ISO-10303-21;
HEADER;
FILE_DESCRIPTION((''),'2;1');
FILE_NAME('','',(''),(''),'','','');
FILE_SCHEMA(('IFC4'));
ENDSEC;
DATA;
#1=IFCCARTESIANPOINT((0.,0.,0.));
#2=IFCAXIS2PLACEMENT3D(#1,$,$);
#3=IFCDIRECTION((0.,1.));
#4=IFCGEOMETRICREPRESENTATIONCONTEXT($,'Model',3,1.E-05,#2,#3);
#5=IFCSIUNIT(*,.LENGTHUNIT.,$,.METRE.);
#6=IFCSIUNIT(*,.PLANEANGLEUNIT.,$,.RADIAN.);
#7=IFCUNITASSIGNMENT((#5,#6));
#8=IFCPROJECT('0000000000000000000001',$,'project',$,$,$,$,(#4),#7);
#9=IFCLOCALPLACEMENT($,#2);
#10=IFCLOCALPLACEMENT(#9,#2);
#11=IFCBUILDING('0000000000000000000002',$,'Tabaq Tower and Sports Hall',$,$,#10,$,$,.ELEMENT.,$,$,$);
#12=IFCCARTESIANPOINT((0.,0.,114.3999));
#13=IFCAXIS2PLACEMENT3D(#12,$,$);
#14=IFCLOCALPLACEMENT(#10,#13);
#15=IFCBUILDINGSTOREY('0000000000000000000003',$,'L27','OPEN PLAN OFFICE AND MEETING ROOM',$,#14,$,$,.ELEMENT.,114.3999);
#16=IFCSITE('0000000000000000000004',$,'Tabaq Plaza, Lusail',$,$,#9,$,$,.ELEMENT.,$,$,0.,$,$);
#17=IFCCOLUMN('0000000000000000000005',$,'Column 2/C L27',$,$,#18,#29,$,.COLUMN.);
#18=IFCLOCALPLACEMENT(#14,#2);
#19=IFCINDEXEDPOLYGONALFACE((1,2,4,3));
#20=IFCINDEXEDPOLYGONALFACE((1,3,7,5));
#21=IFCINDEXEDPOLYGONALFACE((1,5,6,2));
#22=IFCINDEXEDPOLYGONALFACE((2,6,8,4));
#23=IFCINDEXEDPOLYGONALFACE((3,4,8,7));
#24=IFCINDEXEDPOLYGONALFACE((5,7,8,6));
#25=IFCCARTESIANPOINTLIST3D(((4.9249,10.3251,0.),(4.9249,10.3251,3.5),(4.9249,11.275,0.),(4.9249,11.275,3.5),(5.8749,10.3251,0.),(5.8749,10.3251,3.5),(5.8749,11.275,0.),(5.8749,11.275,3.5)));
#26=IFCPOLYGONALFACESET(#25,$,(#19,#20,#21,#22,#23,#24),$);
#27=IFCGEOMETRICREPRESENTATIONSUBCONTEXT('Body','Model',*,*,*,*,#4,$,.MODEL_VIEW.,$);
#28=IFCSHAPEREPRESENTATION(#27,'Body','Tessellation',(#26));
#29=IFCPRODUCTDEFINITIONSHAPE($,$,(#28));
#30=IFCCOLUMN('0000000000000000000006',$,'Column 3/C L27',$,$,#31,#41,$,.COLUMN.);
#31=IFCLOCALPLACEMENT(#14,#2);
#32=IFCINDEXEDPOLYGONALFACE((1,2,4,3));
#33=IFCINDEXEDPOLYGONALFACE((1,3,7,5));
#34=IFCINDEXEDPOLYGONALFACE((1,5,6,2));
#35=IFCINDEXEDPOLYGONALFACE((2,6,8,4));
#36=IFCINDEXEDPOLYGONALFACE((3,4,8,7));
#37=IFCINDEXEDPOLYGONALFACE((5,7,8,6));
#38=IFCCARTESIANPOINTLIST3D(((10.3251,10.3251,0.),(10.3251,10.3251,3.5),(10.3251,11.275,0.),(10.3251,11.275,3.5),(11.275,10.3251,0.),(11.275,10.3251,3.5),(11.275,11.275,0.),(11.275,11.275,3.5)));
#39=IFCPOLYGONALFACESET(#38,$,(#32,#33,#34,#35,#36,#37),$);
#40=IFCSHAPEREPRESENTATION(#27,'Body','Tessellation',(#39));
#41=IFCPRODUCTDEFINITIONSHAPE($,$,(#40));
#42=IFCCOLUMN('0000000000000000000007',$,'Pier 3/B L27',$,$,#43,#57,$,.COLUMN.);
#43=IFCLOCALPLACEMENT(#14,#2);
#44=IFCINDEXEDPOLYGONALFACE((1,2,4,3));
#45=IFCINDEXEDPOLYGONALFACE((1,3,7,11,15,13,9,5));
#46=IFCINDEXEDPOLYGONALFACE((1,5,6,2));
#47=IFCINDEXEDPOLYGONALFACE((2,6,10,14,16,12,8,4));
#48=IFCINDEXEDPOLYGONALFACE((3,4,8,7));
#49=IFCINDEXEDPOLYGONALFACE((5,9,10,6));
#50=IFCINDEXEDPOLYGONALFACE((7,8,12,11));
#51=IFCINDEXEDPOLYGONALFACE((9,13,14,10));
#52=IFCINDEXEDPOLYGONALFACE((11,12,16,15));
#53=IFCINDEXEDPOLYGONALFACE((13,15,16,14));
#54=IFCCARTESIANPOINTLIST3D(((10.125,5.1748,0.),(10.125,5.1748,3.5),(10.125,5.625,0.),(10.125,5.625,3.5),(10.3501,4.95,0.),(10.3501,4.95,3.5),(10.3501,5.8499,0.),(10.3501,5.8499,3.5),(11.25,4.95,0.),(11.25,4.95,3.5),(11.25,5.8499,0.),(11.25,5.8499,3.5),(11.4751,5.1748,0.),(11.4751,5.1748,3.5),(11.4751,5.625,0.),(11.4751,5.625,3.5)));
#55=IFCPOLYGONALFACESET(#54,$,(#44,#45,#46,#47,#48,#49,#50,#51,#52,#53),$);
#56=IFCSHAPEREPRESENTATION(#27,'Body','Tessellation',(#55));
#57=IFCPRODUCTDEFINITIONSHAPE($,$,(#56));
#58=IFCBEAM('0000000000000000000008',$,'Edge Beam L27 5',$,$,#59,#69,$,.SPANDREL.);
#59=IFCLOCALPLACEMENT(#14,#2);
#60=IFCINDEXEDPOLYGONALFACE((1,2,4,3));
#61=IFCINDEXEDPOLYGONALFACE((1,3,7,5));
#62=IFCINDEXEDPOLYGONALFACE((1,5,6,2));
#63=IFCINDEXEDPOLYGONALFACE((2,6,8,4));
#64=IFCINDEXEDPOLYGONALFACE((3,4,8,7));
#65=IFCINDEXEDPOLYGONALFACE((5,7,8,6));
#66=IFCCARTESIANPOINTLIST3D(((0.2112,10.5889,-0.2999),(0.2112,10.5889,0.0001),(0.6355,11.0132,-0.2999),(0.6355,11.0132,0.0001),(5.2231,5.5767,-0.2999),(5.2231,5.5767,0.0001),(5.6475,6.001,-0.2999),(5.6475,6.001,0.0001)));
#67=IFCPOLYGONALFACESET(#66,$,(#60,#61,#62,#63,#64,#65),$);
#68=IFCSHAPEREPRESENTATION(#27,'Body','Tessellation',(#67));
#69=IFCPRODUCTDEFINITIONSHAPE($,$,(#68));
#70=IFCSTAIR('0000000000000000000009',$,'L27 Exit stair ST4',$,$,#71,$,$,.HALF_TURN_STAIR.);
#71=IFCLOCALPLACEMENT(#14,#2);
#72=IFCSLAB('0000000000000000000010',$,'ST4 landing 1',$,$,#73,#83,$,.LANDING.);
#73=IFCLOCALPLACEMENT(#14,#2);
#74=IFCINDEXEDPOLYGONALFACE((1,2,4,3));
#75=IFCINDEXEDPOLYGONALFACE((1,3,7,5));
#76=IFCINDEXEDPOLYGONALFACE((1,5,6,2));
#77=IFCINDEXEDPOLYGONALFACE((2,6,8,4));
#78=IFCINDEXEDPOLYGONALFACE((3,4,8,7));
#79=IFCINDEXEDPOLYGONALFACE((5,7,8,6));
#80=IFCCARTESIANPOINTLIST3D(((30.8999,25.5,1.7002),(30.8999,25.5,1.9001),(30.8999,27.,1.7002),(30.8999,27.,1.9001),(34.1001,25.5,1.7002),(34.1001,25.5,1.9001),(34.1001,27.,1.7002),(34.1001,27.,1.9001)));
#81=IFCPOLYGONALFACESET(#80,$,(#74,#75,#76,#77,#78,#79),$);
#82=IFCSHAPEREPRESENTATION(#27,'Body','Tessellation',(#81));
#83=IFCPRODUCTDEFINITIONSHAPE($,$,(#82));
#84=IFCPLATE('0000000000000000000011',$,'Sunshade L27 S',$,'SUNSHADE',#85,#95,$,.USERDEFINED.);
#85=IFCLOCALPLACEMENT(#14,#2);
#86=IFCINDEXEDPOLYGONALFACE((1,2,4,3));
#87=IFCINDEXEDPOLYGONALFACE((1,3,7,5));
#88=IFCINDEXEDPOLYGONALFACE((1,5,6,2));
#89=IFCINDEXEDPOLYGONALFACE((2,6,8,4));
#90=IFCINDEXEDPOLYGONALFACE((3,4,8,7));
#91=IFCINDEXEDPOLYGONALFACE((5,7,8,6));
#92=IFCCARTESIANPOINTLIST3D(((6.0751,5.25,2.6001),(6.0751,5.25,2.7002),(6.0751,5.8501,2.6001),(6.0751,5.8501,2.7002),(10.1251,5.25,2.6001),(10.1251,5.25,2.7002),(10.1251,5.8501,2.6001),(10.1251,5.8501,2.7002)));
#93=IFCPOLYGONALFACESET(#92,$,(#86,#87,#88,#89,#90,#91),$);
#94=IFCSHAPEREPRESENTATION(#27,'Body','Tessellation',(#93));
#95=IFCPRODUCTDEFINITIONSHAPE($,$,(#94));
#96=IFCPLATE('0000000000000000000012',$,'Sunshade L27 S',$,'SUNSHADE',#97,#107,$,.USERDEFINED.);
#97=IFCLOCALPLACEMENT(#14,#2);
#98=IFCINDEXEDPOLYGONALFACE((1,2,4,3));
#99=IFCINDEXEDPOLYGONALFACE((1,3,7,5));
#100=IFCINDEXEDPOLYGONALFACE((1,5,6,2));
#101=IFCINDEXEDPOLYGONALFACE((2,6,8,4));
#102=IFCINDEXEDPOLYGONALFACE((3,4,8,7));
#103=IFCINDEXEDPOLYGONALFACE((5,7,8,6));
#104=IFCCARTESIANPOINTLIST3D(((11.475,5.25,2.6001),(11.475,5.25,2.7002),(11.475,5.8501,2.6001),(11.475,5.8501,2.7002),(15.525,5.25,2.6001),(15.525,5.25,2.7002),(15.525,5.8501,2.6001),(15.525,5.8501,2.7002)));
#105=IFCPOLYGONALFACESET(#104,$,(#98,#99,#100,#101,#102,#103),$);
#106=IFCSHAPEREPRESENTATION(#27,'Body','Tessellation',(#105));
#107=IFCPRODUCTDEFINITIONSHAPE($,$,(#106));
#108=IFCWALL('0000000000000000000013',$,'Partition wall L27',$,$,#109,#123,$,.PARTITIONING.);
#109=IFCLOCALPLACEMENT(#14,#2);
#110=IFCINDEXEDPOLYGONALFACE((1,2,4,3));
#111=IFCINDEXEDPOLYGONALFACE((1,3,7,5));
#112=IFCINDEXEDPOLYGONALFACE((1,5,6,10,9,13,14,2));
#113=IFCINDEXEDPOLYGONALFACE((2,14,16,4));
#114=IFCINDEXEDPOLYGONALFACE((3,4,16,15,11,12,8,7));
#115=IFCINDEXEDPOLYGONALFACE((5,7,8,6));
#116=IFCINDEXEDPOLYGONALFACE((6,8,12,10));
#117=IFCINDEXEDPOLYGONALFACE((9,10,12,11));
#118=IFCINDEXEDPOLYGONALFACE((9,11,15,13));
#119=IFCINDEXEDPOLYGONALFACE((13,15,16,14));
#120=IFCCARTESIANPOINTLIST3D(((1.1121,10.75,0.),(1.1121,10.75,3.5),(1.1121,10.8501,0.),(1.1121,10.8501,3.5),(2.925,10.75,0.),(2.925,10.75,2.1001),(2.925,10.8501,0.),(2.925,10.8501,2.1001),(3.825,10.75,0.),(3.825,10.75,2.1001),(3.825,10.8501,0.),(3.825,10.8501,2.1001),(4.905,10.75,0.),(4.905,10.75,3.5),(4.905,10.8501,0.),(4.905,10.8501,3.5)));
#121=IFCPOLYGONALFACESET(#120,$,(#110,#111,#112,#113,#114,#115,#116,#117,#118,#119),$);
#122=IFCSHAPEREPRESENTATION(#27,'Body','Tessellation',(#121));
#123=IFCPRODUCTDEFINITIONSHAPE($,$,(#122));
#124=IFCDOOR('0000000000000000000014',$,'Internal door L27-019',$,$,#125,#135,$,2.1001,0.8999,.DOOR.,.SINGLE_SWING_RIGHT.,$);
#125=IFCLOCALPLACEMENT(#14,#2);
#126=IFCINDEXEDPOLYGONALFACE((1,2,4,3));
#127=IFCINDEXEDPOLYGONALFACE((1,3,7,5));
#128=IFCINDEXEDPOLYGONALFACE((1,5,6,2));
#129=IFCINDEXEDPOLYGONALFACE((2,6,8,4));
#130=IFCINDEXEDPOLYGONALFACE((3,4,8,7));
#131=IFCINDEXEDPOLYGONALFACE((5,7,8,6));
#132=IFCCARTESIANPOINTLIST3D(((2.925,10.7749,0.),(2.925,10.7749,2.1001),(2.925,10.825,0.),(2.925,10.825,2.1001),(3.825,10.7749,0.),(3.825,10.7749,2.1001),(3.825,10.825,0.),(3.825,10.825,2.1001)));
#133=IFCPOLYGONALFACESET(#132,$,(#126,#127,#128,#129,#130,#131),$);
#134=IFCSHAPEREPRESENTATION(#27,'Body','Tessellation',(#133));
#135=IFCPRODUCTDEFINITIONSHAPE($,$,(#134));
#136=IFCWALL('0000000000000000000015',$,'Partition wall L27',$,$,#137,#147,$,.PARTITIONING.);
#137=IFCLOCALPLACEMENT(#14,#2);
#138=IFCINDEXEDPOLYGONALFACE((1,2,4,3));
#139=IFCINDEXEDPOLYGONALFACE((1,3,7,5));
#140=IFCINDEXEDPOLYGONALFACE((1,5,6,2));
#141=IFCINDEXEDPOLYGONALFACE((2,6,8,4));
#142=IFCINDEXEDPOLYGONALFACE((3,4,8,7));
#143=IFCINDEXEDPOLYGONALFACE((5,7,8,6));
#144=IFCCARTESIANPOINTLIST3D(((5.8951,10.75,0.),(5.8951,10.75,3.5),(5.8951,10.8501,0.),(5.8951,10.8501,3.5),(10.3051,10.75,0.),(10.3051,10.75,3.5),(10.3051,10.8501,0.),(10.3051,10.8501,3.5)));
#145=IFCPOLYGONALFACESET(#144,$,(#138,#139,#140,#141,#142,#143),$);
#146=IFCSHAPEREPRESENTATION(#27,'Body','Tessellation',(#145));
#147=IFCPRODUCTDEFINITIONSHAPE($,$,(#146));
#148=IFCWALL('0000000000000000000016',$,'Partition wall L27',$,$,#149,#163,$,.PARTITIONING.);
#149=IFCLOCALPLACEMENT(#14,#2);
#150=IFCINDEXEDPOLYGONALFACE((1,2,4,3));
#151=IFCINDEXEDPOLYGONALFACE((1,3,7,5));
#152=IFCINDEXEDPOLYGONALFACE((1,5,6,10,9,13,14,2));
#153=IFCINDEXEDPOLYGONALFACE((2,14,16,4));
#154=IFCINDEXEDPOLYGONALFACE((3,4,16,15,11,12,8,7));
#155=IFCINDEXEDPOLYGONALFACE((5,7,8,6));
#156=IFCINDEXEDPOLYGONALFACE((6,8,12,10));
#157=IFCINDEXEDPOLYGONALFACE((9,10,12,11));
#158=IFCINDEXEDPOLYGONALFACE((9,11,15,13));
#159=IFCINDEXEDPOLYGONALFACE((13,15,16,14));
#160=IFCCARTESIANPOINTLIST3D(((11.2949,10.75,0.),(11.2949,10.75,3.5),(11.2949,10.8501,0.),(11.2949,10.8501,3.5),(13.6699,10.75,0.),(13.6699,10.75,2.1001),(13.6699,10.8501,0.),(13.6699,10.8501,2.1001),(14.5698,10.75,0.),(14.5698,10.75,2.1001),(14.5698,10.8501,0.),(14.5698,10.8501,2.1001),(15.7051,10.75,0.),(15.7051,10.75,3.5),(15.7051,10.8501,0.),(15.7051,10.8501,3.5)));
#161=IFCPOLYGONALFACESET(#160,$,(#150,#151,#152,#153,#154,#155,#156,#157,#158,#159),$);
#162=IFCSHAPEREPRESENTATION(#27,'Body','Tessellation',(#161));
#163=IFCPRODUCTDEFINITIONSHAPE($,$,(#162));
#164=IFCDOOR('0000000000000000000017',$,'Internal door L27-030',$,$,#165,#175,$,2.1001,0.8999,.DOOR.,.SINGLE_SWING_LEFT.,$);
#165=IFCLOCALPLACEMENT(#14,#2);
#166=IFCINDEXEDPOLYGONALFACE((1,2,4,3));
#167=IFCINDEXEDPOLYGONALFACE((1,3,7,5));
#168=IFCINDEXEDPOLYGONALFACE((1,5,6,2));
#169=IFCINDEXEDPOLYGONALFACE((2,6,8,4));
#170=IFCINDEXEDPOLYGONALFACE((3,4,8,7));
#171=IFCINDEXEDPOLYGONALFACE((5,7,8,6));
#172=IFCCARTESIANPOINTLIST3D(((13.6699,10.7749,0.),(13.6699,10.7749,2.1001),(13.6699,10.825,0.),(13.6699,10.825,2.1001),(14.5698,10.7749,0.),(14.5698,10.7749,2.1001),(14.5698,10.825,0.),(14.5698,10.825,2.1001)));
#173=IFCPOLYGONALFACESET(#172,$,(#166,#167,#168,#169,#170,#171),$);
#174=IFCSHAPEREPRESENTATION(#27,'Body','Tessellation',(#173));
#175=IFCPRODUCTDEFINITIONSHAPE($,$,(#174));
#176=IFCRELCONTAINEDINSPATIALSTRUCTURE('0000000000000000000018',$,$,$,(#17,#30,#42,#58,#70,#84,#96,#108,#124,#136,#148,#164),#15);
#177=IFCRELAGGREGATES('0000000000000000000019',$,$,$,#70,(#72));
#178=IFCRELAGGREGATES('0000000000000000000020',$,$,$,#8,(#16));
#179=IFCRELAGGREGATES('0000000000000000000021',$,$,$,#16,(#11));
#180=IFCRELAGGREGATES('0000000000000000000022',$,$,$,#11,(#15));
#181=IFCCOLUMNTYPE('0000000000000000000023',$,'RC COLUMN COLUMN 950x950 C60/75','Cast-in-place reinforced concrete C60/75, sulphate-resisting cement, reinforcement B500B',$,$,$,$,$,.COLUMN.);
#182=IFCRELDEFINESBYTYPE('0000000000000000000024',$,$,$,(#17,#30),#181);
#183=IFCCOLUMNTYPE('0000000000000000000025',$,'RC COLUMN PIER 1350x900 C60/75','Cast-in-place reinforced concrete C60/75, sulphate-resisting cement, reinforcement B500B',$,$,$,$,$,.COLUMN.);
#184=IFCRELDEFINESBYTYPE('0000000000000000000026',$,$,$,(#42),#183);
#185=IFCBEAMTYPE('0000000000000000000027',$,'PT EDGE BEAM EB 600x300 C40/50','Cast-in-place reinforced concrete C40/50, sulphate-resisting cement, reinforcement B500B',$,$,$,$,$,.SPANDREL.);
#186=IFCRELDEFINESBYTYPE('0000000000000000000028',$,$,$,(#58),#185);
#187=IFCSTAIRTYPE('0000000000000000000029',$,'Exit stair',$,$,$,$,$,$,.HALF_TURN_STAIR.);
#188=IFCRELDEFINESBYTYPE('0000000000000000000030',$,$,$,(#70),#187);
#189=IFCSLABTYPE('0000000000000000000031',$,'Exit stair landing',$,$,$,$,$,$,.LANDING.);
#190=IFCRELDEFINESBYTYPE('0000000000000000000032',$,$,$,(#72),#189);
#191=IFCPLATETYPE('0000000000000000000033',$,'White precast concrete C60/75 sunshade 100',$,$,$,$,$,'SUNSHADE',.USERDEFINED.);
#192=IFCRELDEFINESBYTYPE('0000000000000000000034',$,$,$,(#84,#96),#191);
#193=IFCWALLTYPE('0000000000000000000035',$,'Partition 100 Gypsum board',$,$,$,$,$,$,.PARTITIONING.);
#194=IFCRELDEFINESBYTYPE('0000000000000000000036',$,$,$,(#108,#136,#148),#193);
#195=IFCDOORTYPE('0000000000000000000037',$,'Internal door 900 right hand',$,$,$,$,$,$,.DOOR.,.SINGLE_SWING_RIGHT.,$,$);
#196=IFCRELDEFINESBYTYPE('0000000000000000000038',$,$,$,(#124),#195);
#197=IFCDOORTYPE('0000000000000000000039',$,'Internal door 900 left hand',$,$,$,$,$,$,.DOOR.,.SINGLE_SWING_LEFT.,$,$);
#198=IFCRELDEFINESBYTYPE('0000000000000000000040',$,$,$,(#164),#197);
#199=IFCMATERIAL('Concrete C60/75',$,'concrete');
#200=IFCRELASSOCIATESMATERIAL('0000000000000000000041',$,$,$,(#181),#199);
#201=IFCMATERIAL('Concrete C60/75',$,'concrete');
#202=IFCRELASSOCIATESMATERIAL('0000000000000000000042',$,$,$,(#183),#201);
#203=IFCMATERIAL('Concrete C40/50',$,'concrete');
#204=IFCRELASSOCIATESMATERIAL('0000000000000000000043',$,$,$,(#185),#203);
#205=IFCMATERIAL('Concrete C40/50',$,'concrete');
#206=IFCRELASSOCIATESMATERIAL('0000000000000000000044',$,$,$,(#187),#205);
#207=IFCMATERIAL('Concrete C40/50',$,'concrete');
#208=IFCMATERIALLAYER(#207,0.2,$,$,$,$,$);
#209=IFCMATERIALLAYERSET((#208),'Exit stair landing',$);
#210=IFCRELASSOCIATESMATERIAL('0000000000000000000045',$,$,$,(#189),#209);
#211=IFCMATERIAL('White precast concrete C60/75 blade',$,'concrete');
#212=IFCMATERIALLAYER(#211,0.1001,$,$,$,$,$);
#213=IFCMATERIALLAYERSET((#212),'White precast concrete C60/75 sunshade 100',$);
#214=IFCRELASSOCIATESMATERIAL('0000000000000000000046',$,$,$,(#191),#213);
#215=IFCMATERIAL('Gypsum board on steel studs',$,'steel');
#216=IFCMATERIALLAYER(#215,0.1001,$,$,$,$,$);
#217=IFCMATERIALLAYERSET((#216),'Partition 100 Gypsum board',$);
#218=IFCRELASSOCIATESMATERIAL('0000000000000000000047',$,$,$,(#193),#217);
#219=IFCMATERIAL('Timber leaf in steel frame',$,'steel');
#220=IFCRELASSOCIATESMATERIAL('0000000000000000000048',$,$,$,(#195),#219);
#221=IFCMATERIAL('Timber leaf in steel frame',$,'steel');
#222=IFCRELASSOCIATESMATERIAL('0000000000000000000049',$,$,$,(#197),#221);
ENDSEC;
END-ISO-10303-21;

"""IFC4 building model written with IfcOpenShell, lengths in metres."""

from ifc_helpers import new_model, si_unit, direction, frame, frame_2d, origin, origin_2d, place, context, subcontext, project, spatial, polyline, rectangle, outline, extrude, material, layer, layer_set, material_profile, profile_set, type_object, element, fill, aggregate, save


model = new_model("IFC4")

# Units and contexts
model_context = context("Model", 3, precision=1e-05, world=origin(), true_north=direction((0.0, 1.0)))
body_context = subcontext(model_context, "Body", "Model", "MODEL_VIEW")
ifc_project = project(units=[si_unit("LENGTHUNIT", "METRE"), si_unit("PLANEANGLEUNIT", "RADIAN")], contexts=[model_context])

# Site, building, storey
site_placement = place(None, origin())
site = spatial("IfcSite", under=ifc_project, at=site_placement, Name="Tabaq Plaza, Lusail", CompositionType="ELEMENT", RefElevation=0.0)
building_placement = place(site_placement, origin())
building = spatial("IfcBuilding", under=site, at=building_placement, Name="Tabaq Tower and Sports Hall", CompositionType="ELEMENT")
storey_placement = place(building_placement, frame((0.0, 0.0, 114.3999)))
storey = spatial("IfcBuildingStorey", under=building, at=storey_placement, Name="L27", Description="OPEN PLAN OFFICE AND MEETING ROOM", CompositionType="ELEMENT", Elevation=114.3999)

# Columns
ifc_material_1 = material(Name="Concrete C60/75", Category="concrete")
ifc_material_profile_1 = material_profile(ifc_material_1, rectangle(XDim=0.95, YDim=0.95, at=origin_2d()), Name="COLUMN 950x950")
ifc_profile_set_1 = profile_set([ifc_material_profile_1], Name="Concrete C60/75")
column_type_1 = type_object("IfcColumnType", Name="RC COLUMN COLUMN 950x950 C60/75", Description="Cast-in-place reinforced concrete C60/75, sulphate-resisting cement, reinforcement B500B", PredefinedType="COLUMN", material=ifc_profile_set_1)
for number, where, z_axis, x_axis, name in (
    (1, (5.3999, 10.8, 0.0), (0.0, 0.0, 1.0), (1.0, 0.0, 0.0), "Column 2/C L27"),
    (2, (10.8, 10.8, 0.0), (0.0, 0.0, 1.0), (1.0, 0.0, 0.0), "Column 3/C L27"),
):
    element("IfcColumn", number, at=place(storey_placement, frame(where, z_axis=z_axis, x_axis=x_axis)), inside=storey, type_object=column_type_1, Name=name, PredefinedType="COLUMN", context=body_context, shape_type="SweptSolid", body=[
        extrude(rectangle(XDim=0.95, YDim=0.95, at=origin_2d()), origin(), (0.0, 0.0, 1.0), 3.5),
    ])
ifc_material_2 = material(Name="Concrete C60/75", Category="concrete")
ifc_material_profile_2 = material_profile(ifc_material_2, outline(polyline([(-0.45, -0.45), (0.45, -0.45), (0.675, -0.2251), (0.675, 0.2251), (0.45, 0.45), (-0.45, 0.45), (-0.675, 0.2251), (-0.675, -0.2251), (-0.45, -0.45)])), Name="PIER 1350x900")
ifc_profile_set_2 = profile_set([ifc_material_profile_2], Name="Concrete C60/75")
column_type_2 = type_object("IfcColumnType", Name="RC COLUMN PIER 1350x900 C60/75", Description="Cast-in-place reinforced concrete C60/75, sulphate-resisting cement, reinforcement B500B", PredefinedType="COLUMN", material=ifc_profile_set_2)
column_placement = place(storey_placement, frame((10.8, 5.3999, 0.0), z_axis=(0.0, 0.0, 1.0), x_axis=(1.0, 0.0, 0.0)))
element("IfcColumn", 3, at=column_placement, inside=storey, type_object=column_type_2, Name="Pier 3/B L27", PredefinedType="COLUMN", context=body_context, shape_type="SweptSolid", body=[
    extrude(outline(polyline([(-0.45, -0.45), (0.45, -0.45), (0.675, -0.2251), (0.675, 0.2251), (0.45, 0.45), (-0.45, 0.45), (-0.675, 0.2251), (-0.675, -0.2251), (-0.45, -0.45)])), origin(), (0.0, 0.0, 1.0), 3.5),
])

# Beam
ifc_material_3 = material(Name="Concrete C40/50", Category="concrete")
ifc_material_profile_3 = material_profile(ifc_material_3, rectangle(XDim=0.6001, YDim=0.3, at=origin_2d()), Name="EB 600x300")
ifc_profile_set_3 = profile_set([ifc_material_profile_3], Name="Concrete C40/50")
beam_type = type_object("IfcBeamType", Name="PT EDGE BEAM EB 600x300 C40/50", Description="Cast-in-place reinforced concrete C40/50, sulphate-resisting cement, reinforcement B500B", PredefinedType="SPANDREL", material=ifc_profile_set_3)
beam_placement = place(storey_placement, frame((0.4233, 10.801, -0.1499), z_axis=(0.70709, -0.707124, 0.0), x_axis=(0.707124, 0.70709, 0.0)))
element("IfcBeam", 4, at=beam_placement, inside=storey, type_object=beam_type, Name="Edge Beam L27 5", PredefinedType="SPANDREL", context=body_context, shape_type="SweptSolid", body=[
    extrude(rectangle(XDim=0.6001, YDim=0.3, at=origin_2d()), origin(), (0.0, 0.0, 1.0), 7.0881),
])

# Stair, slab
ifc_material_4 = material(Name="Concrete C40/50", Category="concrete")
stair_type = type_object("IfcStairType", Name="Exit stair", PredefinedType="HALF_TURN_STAIR", material=ifc_material_4)
stair_placement = place(storey_placement, origin())
stair = element("IfcStair", 5, at=stair_placement, inside=storey, type_object=stair_type, Name="L27 Exit stair ST4", PredefinedType="HALF_TURN_STAIR")
ifc_material_5 = material(Name="Concrete C40/50", Category="concrete")
ifc_layer_1 = layer(ifc_material_5, 0.2)
ifc_layer_set_1 = layer_set([ifc_layer_1], Name="Exit stair landing")
slab_type = type_object("IfcSlabType", Name="Exit stair landing", PredefinedType="LANDING", material=ifc_layer_set_1)
slab_placement = place(storey_placement, frame((0.0, 0.0, 1.7002)))
slab = element("IfcSlab", 6, at=slab_placement, type_object=slab_type, Name="ST4 landing 1", PredefinedType="LANDING", context=body_context, shape_type="SweptSolid", body=[
    extrude(outline(polyline([(30.8999, 27.0), (30.8999, 25.5), (34.1001, 25.5), (34.1001, 27.0), (30.8999, 27.0)])), origin(), (0.0, 0.0, 1.0), 0.2),
])
aggregate(stair, [slab])

# Plates
ifc_material_6 = material(Name="White precast concrete C60/75 blade", Category="concrete")
ifc_layer_2 = layer(ifc_material_6, 0.1001)
ifc_layer_set_2 = layer_set([ifc_layer_2], Name="White precast concrete C60/75 sunshade 100")
plate_type = type_object("IfcPlateType", Name="White precast concrete C60/75 sunshade 100", ElementType="SUNSHADE", PredefinedType="USERDEFINED", material=ifc_layer_set_2)
for number, where, z_axis, x_axis, name in (
    (7, (8.1001, 5.55, 2.6001), (0.0, 0.0, 1.0), (1.0, 0.0, 0.0), "Sunshade L27 S"),
    (8, (13.5, 5.55, 2.6001), (0.0, 0.0, 1.0), (1.0, 0.0, 0.0), "Sunshade L27 S"),
):
    element("IfcPlate", number, at=place(storey_placement, frame(where, z_axis=z_axis, x_axis=x_axis)), inside=storey, type_object=plate_type, Name=name, ObjectType="SUNSHADE", PredefinedType="USERDEFINED", context=body_context, shape_type="SweptSolid", body=[
        extrude(rectangle(XDim=4.05, YDim=0.6001, at=origin_2d()), origin(), (0.0, 0.0, 1.0), 0.1001),
    ])

# Wall, opening, door
ifc_material_7 = material(Name="Gypsum board on steel studs", Category="steel")
ifc_layer_3 = layer(ifc_material_7, 0.1001)
ifc_layer_set_3 = layer_set([ifc_layer_3], Name="Partition 100 Gypsum board")
wall_type_1 = type_object("IfcWallType", Name="Partition 100 Gypsum board", PredefinedType="PARTITIONING", material=ifc_layer_set_3)
wall_1_placement = place(storey_placement, frame((1.1121, 10.8, 0.0), z_axis=(0.0, 0.0, 1.0), x_axis=(1.0, 0.0, 0.0)))
wall_1 = element("IfcWall", 9, at=wall_1_placement, inside=storey, type_object=wall_type_1, Name="Partition wall L27", PredefinedType="PARTITIONING", context=body_context, shape_type="SweptSolid", body=[
    extrude(rectangle(XDim=3.793, YDim=0.1001, at=frame_2d((1.8965, 0.0))), origin(), (0.0, 0.0, 1.0), 3.5),
])
opening_1_placement = place(wall_1_placement, frame((1.813, 0.0, 0.0)))
opening_1 = element("IfcOpeningElement", 10, at=opening_1_placement, cuts=wall_1, PredefinedType="OPENING", context=body_context, shape_type="SweptSolid", body=[
    extrude(rectangle(XDim=0.8999, YDim=2.1001, at=frame_2d((0.45, 1.05))), frame((0.0, 0.05, 0.0), z_axis=(0.0, -1.0, 0.0), x_axis=(1.0, 0.0, 0.0)), (0.0, 0.0, 1.0), 0.1001),
])
ifc_material_8 = material(Name="Timber leaf in steel frame", Category="steel")
door_type_1 = type_object("IfcDoorType", Name="Internal door 900 right hand", OperationType="SINGLE_SWING_RIGHT", PredefinedType="DOOR", material=ifc_material_8)
door_1_placement = place(opening_1_placement, origin())
door_1 = element("IfcDoor", 11, at=door_1_placement, inside=storey, type_object=door_type_1, Name="Internal door L27-019", OperationType="SINGLE_SWING_RIGHT", OverallHeight=2.1001, OverallWidth=0.8999, PredefinedType="DOOR", context=body_context, shape_type="SweptSolid", body=[
    extrude(rectangle(XDim=0.8999, YDim=2.1001, at=frame_2d((0.45, 1.05))), frame((0.0, 0.0249, 0.0), z_axis=(0.0, -1.0, 0.0), x_axis=(1.0, 0.0, 0.0)), (0.0, 0.0, 1.0), 0.05),
])
fill(opening_1, door_1)

# Wall
wall_2_placement = place(storey_placement, frame((5.895, 10.8, 0.0), z_axis=(0.0, 0.0, 1.0), x_axis=(1.0, 0.0, 0.0)))
element("IfcWall", 12, at=wall_2_placement, inside=storey, type_object=wall_type_1, Name="Partition wall L27", PredefinedType="PARTITIONING", context=body_context, shape_type="SweptSolid", body=[
    extrude(rectangle(XDim=4.4099, YDim=0.1001, at=frame_2d((2.2051, 0.0))), origin(), (0.0, 0.0, 1.0), 3.5),
])

# Wall, opening, door
wall_3_placement = place(storey_placement, frame((11.2949, 10.8, 0.0), z_axis=(0.0, 0.0, 1.0), x_axis=(1.0, 0.0, 0.0)))
wall_3 = element("IfcWall", 13, at=wall_3_placement, inside=storey, type_object=wall_type_1, Name="Partition wall L27", PredefinedType="PARTITIONING", context=body_context, shape_type="SweptSolid", body=[
    extrude(rectangle(XDim=4.4102, YDim=0.1001, at=frame_2d((2.2051, 0.0))), origin(), (0.0, 0.0, 1.0), 3.5),
])
opening_2_placement = place(wall_3_placement, frame((2.375, 0.0, 0.0)))
opening_2 = element("IfcOpeningElement", 14, at=opening_2_placement, cuts=wall_3, PredefinedType="OPENING", context=body_context, shape_type="SweptSolid", body=[
    extrude(rectangle(XDim=0.8999, YDim=2.1001, at=frame_2d((0.45, 1.05))), frame((0.0, 0.05, 0.0), z_axis=(0.0, -1.0, 0.0), x_axis=(1.0, 0.0, 0.0)), (0.0, 0.0, 1.0), 0.1001),
])
ifc_material_9 = material(Name="Timber leaf in steel frame", Category="steel")
door_type_2 = type_object("IfcDoorType", Name="Internal door 900 left hand", OperationType="SINGLE_SWING_LEFT", PredefinedType="DOOR", material=ifc_material_9)
door_2_placement = place(opening_2_placement, origin())
door_2 = element("IfcDoor", 15, at=door_2_placement, inside=storey, type_object=door_type_2, Name="Internal door L27-030", OperationType="SINGLE_SWING_LEFT", OverallHeight=2.1001, OverallWidth=0.8999, PredefinedType="DOOR", context=body_context, shape_type="SweptSolid", body=[
    extrude(rectangle(XDim=0.8999, YDim=2.1001, at=frame_2d((0.45, 1.05))), frame((0.0, 0.0249, 0.0), z_axis=(0.0, -1.0, 0.0), x_axis=(1.0, 0.0, 0.0)), (0.0, 0.0, 1.0), 0.05),
])
fill(opening_2, door_2)

save(model, "model.ifc")
